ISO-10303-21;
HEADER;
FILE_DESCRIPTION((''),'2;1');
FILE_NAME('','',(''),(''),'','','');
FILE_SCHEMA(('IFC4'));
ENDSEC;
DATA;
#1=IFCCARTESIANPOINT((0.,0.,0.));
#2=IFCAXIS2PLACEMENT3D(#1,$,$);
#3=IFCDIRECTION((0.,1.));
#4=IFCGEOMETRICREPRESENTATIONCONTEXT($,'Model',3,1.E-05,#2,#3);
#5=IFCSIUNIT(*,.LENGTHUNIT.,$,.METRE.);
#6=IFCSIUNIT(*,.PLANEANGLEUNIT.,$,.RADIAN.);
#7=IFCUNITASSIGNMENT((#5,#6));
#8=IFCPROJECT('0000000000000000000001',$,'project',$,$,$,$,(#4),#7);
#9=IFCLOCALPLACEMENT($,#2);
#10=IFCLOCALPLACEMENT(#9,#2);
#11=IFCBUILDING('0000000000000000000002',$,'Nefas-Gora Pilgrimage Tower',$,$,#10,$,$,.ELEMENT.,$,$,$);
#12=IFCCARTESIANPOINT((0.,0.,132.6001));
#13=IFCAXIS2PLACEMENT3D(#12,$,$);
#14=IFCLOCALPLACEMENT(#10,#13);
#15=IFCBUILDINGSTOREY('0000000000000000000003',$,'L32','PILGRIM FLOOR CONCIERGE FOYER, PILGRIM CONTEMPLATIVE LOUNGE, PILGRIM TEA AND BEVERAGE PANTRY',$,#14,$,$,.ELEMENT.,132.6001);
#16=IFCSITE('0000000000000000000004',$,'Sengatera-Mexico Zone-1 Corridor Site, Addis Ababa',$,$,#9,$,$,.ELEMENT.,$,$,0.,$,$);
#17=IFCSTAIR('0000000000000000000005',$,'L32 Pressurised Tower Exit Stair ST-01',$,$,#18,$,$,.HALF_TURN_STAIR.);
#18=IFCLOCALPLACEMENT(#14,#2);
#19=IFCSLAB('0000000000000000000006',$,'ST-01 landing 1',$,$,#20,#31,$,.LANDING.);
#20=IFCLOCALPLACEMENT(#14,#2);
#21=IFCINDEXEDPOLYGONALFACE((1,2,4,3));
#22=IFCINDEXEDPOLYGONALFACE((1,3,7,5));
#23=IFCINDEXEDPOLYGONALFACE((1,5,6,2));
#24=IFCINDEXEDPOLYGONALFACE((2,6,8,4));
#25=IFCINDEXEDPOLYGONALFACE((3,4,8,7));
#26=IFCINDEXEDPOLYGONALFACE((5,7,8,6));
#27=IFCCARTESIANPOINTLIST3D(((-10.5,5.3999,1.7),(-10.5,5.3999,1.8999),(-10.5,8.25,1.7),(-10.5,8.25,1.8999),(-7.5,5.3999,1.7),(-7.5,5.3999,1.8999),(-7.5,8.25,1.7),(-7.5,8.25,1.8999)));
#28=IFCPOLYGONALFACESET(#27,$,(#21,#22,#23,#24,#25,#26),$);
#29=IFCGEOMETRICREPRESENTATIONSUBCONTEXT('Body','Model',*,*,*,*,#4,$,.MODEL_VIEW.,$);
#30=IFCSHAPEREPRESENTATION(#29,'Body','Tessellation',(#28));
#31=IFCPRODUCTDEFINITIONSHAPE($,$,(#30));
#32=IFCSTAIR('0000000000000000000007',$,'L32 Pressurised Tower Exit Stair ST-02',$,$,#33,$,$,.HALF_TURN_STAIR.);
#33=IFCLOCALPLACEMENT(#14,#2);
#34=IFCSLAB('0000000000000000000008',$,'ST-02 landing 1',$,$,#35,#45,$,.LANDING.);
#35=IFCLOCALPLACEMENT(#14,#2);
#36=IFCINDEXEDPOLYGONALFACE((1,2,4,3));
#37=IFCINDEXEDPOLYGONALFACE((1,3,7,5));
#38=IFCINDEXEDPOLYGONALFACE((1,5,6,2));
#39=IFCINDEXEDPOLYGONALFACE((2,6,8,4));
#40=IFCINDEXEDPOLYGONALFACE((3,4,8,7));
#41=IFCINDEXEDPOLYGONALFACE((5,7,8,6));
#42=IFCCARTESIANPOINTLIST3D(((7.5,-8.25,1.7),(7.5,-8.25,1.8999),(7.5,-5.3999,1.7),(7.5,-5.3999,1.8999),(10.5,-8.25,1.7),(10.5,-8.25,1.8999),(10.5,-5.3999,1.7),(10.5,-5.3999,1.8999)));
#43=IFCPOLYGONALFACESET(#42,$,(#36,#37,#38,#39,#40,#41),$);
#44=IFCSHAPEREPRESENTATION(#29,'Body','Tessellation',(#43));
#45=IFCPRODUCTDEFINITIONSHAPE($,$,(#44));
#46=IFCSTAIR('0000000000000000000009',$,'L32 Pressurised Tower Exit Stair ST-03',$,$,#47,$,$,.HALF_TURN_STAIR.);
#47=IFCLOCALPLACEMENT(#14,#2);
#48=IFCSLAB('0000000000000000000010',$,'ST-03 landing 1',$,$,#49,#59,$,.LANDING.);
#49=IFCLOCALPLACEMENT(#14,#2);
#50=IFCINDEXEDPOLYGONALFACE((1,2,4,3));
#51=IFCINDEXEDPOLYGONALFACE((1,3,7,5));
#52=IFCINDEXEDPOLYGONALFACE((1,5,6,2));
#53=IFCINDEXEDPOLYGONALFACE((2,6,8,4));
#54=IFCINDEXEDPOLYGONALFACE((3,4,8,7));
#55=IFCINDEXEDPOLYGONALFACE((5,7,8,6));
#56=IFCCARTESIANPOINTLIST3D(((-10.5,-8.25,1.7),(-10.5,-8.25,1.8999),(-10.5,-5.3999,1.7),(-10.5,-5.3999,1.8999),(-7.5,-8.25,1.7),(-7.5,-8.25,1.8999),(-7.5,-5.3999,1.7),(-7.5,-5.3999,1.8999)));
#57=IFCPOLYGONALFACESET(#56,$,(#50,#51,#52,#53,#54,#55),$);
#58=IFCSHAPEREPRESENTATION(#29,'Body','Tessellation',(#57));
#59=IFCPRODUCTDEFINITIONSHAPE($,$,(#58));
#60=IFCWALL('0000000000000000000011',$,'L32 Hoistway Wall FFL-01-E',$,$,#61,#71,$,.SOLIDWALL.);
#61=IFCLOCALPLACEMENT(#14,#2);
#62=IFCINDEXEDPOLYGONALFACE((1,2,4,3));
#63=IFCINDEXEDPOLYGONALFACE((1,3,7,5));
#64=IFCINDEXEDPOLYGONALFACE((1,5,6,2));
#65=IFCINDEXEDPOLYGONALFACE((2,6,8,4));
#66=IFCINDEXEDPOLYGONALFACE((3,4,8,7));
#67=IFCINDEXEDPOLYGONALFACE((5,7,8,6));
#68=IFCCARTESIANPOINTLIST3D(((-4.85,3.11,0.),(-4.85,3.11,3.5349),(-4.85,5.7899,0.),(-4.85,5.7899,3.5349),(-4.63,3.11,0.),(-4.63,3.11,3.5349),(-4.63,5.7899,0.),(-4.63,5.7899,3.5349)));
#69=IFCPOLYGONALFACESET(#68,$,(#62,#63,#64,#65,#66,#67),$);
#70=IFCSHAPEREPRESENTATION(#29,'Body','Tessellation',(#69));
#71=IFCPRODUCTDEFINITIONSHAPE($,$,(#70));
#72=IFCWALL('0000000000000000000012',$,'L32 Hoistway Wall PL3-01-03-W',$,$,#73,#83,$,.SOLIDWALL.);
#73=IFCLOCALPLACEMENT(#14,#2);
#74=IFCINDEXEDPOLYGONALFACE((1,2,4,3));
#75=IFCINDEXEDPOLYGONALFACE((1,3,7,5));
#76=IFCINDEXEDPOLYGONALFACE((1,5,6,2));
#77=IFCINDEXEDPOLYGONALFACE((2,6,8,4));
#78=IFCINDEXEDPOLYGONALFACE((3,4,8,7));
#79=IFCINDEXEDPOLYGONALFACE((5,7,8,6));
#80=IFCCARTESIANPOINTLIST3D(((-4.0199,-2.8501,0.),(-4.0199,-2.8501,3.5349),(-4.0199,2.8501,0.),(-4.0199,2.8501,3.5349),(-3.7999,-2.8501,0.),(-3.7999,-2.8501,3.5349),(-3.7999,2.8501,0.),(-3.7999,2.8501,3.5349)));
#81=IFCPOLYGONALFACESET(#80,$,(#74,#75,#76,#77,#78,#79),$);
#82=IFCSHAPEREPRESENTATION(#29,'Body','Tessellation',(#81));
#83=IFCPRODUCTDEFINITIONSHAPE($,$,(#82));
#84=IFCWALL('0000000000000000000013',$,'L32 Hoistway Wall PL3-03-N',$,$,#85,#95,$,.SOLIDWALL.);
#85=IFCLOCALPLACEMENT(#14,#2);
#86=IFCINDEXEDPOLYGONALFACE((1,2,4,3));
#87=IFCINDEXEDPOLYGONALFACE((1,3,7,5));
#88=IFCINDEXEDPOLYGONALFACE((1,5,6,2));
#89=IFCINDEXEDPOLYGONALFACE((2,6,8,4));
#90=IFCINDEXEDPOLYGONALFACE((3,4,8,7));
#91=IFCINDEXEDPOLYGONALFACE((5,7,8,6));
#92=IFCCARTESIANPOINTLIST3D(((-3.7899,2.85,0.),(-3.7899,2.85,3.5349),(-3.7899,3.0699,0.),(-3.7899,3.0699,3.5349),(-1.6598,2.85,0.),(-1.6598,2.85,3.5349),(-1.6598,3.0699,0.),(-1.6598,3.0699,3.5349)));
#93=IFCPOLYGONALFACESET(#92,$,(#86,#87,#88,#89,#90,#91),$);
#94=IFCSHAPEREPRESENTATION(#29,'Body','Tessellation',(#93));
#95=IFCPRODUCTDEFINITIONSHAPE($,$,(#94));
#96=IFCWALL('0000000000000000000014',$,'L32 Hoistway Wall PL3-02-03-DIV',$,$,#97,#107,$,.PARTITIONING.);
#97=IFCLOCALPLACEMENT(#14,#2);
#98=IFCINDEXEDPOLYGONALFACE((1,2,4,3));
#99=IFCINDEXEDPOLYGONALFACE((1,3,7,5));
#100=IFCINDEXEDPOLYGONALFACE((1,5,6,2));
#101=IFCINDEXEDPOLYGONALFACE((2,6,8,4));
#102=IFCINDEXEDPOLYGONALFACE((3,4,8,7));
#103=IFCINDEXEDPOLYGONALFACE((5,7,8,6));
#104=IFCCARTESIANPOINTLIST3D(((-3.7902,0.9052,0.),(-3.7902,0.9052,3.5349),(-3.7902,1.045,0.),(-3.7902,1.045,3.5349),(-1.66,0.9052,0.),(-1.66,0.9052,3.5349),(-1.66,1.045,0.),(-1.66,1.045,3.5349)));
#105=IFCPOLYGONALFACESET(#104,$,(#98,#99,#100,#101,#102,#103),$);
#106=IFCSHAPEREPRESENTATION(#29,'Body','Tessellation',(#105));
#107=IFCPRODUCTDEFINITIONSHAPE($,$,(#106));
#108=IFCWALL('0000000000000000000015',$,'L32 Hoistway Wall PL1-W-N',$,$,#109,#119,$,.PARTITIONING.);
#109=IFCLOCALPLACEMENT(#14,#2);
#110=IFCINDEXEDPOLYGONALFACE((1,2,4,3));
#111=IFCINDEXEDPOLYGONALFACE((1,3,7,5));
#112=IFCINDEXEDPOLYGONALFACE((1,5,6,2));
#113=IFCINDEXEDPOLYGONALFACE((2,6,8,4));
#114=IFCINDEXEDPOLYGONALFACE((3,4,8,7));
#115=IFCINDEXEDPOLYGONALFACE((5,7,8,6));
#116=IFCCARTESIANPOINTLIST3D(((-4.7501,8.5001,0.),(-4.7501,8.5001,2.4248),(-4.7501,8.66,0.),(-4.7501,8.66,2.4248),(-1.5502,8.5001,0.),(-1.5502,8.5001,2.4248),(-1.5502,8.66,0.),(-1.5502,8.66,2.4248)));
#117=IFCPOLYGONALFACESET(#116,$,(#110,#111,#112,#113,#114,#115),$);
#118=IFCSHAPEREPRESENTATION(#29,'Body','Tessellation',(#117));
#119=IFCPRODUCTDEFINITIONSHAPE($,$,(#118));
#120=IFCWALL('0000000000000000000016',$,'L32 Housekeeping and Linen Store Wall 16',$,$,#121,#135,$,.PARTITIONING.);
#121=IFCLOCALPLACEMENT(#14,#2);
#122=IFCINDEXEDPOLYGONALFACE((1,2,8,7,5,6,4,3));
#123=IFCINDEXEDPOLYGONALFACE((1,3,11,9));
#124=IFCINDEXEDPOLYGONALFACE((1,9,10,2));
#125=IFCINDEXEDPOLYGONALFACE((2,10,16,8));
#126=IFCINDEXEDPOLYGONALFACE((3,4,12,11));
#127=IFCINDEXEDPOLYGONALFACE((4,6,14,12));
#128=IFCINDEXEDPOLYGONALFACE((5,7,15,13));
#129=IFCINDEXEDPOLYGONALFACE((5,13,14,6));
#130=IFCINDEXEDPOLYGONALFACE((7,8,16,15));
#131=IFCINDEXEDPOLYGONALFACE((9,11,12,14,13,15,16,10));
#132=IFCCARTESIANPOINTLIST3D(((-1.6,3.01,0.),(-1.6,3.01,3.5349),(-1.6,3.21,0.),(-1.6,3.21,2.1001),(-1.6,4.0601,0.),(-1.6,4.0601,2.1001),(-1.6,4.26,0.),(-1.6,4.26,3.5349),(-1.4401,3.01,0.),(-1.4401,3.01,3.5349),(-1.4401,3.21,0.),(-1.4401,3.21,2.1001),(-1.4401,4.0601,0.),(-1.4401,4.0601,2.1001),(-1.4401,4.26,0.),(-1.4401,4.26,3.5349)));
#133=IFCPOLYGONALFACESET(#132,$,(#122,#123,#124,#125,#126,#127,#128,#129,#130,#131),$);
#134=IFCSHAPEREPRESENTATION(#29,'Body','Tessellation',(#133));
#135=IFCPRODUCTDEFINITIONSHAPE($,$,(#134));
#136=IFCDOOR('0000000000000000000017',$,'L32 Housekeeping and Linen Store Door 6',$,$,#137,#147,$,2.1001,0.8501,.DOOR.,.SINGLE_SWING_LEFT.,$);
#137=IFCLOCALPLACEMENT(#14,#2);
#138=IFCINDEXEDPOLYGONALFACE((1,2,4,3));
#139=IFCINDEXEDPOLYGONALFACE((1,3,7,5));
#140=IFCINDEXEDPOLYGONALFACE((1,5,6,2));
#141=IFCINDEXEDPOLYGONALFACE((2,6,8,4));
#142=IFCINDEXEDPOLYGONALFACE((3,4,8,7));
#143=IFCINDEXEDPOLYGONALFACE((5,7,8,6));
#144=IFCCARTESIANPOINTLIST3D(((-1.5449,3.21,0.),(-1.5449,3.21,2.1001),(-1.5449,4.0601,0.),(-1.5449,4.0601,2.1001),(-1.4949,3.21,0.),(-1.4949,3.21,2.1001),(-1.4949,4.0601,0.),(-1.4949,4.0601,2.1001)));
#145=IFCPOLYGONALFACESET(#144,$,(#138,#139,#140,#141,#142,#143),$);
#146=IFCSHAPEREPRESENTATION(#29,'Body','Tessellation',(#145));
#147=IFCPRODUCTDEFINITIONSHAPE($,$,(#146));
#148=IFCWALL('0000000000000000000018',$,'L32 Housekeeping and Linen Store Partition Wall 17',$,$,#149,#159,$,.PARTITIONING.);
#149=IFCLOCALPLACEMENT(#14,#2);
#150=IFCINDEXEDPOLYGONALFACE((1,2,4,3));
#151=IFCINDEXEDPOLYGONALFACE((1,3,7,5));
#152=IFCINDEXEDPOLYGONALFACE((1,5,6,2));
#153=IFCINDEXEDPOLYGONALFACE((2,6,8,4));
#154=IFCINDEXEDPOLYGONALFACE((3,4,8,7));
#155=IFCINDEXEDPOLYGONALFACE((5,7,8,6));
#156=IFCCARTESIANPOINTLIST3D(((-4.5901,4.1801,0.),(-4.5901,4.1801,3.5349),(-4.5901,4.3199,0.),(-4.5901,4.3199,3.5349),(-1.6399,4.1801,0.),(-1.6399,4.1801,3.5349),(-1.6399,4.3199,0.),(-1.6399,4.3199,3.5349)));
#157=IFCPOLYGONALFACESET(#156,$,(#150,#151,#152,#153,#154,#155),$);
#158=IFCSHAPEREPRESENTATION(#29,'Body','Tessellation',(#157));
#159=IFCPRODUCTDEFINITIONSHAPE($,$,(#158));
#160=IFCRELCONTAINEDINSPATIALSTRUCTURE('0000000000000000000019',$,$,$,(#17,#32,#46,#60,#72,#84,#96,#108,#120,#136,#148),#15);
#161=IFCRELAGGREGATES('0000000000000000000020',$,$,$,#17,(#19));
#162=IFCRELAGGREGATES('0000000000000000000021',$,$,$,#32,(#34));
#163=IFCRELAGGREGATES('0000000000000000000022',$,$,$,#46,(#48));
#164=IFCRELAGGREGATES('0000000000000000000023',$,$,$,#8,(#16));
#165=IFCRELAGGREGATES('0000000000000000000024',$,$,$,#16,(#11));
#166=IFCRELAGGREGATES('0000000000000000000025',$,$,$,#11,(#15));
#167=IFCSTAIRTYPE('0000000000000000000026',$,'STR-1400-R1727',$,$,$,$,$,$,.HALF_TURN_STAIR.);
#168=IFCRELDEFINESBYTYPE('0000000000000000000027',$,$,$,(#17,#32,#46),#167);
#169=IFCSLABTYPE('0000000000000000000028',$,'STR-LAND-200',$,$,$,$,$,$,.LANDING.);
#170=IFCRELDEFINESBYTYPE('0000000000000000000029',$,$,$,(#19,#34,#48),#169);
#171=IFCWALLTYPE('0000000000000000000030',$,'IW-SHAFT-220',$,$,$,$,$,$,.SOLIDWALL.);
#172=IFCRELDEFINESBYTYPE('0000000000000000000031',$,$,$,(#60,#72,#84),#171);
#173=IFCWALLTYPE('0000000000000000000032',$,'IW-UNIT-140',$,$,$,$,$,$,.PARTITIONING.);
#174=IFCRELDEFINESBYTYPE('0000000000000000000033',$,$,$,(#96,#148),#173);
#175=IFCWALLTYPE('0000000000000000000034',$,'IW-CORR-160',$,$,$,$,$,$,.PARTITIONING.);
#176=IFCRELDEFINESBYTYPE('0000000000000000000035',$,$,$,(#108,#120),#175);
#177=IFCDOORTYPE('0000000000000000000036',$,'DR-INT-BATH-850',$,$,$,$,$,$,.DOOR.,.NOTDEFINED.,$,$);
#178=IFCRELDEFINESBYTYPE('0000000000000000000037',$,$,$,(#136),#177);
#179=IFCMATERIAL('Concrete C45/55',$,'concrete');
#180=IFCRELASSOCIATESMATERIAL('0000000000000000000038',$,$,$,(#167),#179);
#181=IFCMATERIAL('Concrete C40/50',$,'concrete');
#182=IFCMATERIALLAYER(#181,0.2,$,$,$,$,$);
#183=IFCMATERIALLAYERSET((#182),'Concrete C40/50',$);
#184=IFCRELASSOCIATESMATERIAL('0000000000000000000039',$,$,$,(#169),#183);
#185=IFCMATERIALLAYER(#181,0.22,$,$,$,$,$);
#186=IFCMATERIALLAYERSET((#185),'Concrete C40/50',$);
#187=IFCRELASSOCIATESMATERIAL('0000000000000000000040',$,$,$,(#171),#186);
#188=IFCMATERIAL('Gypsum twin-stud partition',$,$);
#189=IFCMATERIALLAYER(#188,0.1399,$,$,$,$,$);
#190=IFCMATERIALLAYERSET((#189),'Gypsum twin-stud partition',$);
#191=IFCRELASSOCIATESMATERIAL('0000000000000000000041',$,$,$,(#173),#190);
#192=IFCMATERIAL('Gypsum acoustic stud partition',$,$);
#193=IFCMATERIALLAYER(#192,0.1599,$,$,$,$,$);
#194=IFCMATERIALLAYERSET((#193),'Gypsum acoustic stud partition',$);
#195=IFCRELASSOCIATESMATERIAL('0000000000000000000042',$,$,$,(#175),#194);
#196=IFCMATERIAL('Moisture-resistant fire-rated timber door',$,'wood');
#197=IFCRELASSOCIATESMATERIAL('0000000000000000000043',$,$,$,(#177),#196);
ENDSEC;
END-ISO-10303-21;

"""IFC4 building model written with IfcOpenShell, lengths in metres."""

from ifc_helpers import new_model, si_unit, direction, frame, frame_2d, origin, place, context, subcontext, project, spatial, polyline, rectangle, outline, extrude, source, transform, mapped, material, layer, layer_set, type_object, element, fill, aggregate, save


model = new_model("IFC4")

# Units and contexts
model_context = context("Model", 3, precision=1e-05, world=origin(), true_north=direction((0.0, 1.0)))
body_context = subcontext(model_context, "Body", "Model", "MODEL_VIEW")
ifc_project = project(units=[si_unit("LENGTHUNIT", "METRE"), si_unit("PLANEANGLEUNIT", "RADIAN")], contexts=[model_context])

# Site, building, storey
site_placement = place(None, origin())
site = spatial("IfcSite", under=ifc_project, at=site_placement, Name="Sengatera-Mexico Zone-1 Corridor Site, Addis Ababa", CompositionType="ELEMENT", RefElevation=0.0)
building_placement = place(site_placement, origin())
building = spatial("IfcBuilding", under=site, at=building_placement, Name="Nefas-Gora Pilgrimage Tower", CompositionType="ELEMENT")
storey_placement = place(building_placement, frame((0.0, 0.0, 132.6001)))
storey = spatial("IfcBuildingStorey", under=building, at=storey_placement, Name="L32", Description="PILGRIM FLOOR CONCIERGE FOYER, PILGRIM CONTEMPLATIVE LOUNGE, PILGRIM TEA AND BEVERAGE PANTRY", CompositionType="ELEMENT", Elevation=132.6001)

# Shared definitions
ifc_material_1 = material(Name="Concrete C40/50", Category="concrete")

# Stairs, slabs
ifc_material_2 = material(Name="Concrete C45/55", Category="concrete")
stair_type = type_object("IfcStairType", Name="STR-1400-R1727", PredefinedType="HALF_TURN_STAIR", material=ifc_material_2)
stair_1_placement = place(storey_placement, origin())
stair_1 = element("IfcStair", 1, at=stair_1_placement, inside=storey, type_object=stair_type, Name="L32 Pressurised Tower Exit Stair ST-01", PredefinedType="HALF_TURN_STAIR")
ifc_layer_1 = layer(ifc_material_1, 0.2)
ifc_layer_set_1 = layer_set([ifc_layer_1], Name="Concrete C40/50")
slab_type_1 = type_object("IfcSlabType", Name="STR-LAND-200", PredefinedType="LANDING", material=ifc_layer_set_1)
slab_1_placement = place(storey_placement, frame((0.0, 0.0, 1.7)))
slab_1 = element("IfcSlab", 2, at=slab_1_placement, type_object=slab_type_1, Name="ST-01 landing 1", PredefinedType="LANDING", context=body_context, shape_type="SweptSolid", body=[
    extrude(outline(polyline([(-7.5, 5.3999), (-7.5, 8.25), (-10.5, 8.25), (-10.5, 5.3999), (-7.5, 5.3999)])), origin(), (0.0, 0.0, 1.0), 0.2),
])
aggregate(stair_1, [slab_1])
stair_2_placement = place(storey_placement, origin())
stair_2 = element("IfcStair", 3, at=stair_2_placement, inside=storey, type_object=stair_type, Name="L32 Pressurised Tower Exit Stair ST-02", PredefinedType="HALF_TURN_STAIR")
slab_2_placement = place(storey_placement, frame((0.0, 0.0, 1.7)))
slab_2 = element("IfcSlab", 4, at=slab_2_placement, type_object=slab_type_1, Name="ST-02 landing 1", PredefinedType="LANDING", context=body_context, shape_type="SweptSolid", body=[
    extrude(outline(polyline([(7.5, -5.3999), (7.5, -8.25), (10.5, -8.25), (10.5, -5.3999), (7.5, -5.3999)])), origin(), (0.0, 0.0, 1.0), 0.2),
])
aggregate(stair_2, [slab_2])
stair_3_placement = place(storey_placement, origin())
stair_3 = element("IfcStair", 5, at=stair_3_placement, inside=storey, type_object=stair_type, Name="L32 Pressurised Tower Exit Stair ST-03", PredefinedType="HALF_TURN_STAIR")
slab_3_placement = place(storey_placement, frame((0.0, 0.0, 1.7)))
slab_3 = element("IfcSlab", 6, at=slab_3_placement, type_object=slab_type_1, Name="ST-03 landing 1", PredefinedType="LANDING", context=body_context, shape_type="SweptSolid", body=[
    extrude(outline(polyline([(-10.5, -5.3999), (-10.5, -8.25), (-7.5, -8.25), (-7.5, -5.3999), (-10.5, -5.3999)])), origin(), (0.0, 0.0, 1.0), 0.2),
])
aggregate(stair_3, [slab_3])

# Walls
ifc_layer_2 = layer(ifc_material_1, 0.22)
ifc_layer_set_2 = layer_set([ifc_layer_2], Name="Concrete C40/50")
wall_type_1 = type_object("IfcWallType", Name="IW-SHAFT-220", PredefinedType="SOLIDWALL", material=ifc_layer_set_2)
shared_shape_1 = source(origin(), body_context, "Body", "SweptSolid", [
    extrude(rectangle(XDim=2.6799, YDim=0.22, at=frame_2d((1.3398, 0.0))), origin(), (0.0, 0.0, 1.0), 3.5349),
])
wall_1_placement = place(storey_placement, frame((-4.74, 3.1101, 0.0), z_axis=(0.0, 0.0, 1.0), x_axis=(0.0, 1.0, 0.0)))
element("IfcWall", 7, at=wall_1_placement, inside=storey, type_object=wall_type_1, Name="L32 Hoistway Wall FFL-01-E", PredefinedType="SOLIDWALL", context=body_context, shape_type="MappedRepresentation", body=[
    mapped(shared_shape_1, transform((0.0, 0.0, 0.0), x_axis=(1.0, 0.0, 0.0), y_axis=(0.0, 1.0, 0.0), z_axis=(0.0, 0.0, 1.0), scale=1.0)),
])
ifc_material_3 = material(Name="Gypsum twin-stud partition")
ifc_layer_3 = layer(ifc_material_3, 0.1399)
ifc_layer_set_3 = layer_set([ifc_layer_3], Name="Gypsum twin-stud partition")
wall_type_2 = type_object("IfcWallType", Name="IW-UNIT-140", PredefinedType="PARTITIONING", material=ifc_layer_set_3)
shared_shape_2 = source(origin(), body_context, "Body", "SweptSolid", [
    extrude(rectangle(XDim=5.7002, YDim=0.22, at=frame_2d((2.8501, 0.0))), origin(), (0.0, 0.0, 1.0), 3.5349),
])
wall_2_placement = place(storey_placement, frame((-3.9099, 2.8501, 0.0), z_axis=(0.0, 0.0, 1.0), x_axis=(0.0, -1.0, 0.0)))
element("IfcWall", 8, at=wall_2_placement, inside=storey, type_object=wall_type_1, Name="L32 Hoistway Wall PL3-01-03-W", PredefinedType="SOLIDWALL", context=body_context, shape_type="MappedRepresentation", body=[
    mapped(shared_shape_2, transform((0.0, 0.0, 0.0), x_axis=(1.0, 0.0, 0.0), y_axis=(0.0, 1.0, 0.0), z_axis=(0.0, 0.0, 1.0), scale=1.0)),
])
shared_shape_3 = source(origin(), body_context, "Body", "SweptSolid", [
    extrude(rectangle(XDim=2.1301, YDim=0.22, at=frame_2d((1.0649, 0.0))), origin(), (0.0, 0.0, 1.0), 3.5349),
])
wall_3_placement = place(storey_placement, frame((-1.6599, 2.96, 0.0), z_axis=(0.0, 0.0, 1.0), x_axis=(-1.0, 0.0, 0.0)))
element("IfcWall", 9, at=wall_3_placement, inside=storey, type_object=wall_type_1, Name="L32 Hoistway Wall PL3-03-N", PredefinedType="SOLIDWALL", context=body_context, shape_type="MappedRepresentation", body=[
    mapped(shared_shape_3, transform((0.0, 0.0, 0.0), x_axis=(1.0, 0.0, 0.0), y_axis=(0.0, 1.0, 0.0), z_axis=(0.0, 0.0, 1.0), scale=1.0)),
])
shared_shape_4 = source(origin(), body_context, "Body", "SweptSolid", [
    extrude(rectangle(XDim=2.1301, YDim=0.1399, at=frame_2d((1.0649, 0.0))), origin(), (0.0, 0.0, 1.0), 3.5349),
])
wall_4_placement = place(storey_placement, frame((-3.79, 0.9751, 0.0), z_axis=(0.0, 0.0, 1.0), x_axis=(1.0, 0.0, 0.0)))
element("IfcWall", 10, at=wall_4_placement, inside=storey, type_object=wall_type_2, Name="L32 Hoistway Wall PL3-02-03-DIV", PredefinedType="PARTITIONING", context=body_context, shape_type="MappedRepresentation", body=[
    mapped(shared_shape_4, transform((0.0, 0.0, 0.0), x_axis=(1.0, 0.0, 0.0), y_axis=(0.0, 1.0, 0.0), z_axis=(0.0, 0.0, 1.0), scale=1.0)),
])
ifc_material_4 = material(Name="Gypsum acoustic stud partition")
ifc_layer_4 = layer(ifc_material_4, 0.1599)
ifc_layer_set_4 = layer_set([ifc_layer_4], Name="Gypsum acoustic stud partition")
wall_type_3 = type_object("IfcWallType", Name="IW-CORR-160", PredefinedType="PARTITIONING", material=ifc_layer_set_4)
shared_shape_5 = source(origin(), body_context, "Body", "SweptSolid", [
    extrude(rectangle(XDim=3.2, YDim=0.1599, at=frame_2d((1.6001, 0.0))), origin(), (0.0, 0.0, 1.0), 2.4248),
])
wall_5_placement = place(storey_placement, frame((-1.55, 8.5801, 0.0), z_axis=(0.0, 0.0, 1.0), x_axis=(-1.0, 0.0, 0.0)))
element("IfcWall", 11, at=wall_5_placement, inside=storey, type_object=wall_type_3, Name="L32 Hoistway Wall PL1-W-N", PredefinedType="PARTITIONING", context=body_context, shape_type="MappedRepresentation", body=[
    mapped(shared_shape_5, transform((0.0, 0.0, 0.0), x_axis=(1.0, 0.0, 0.0), y_axis=(0.0, 1.0, 0.0), z_axis=(0.0, 0.0, 1.0), scale=1.0)),
])

# Wall, opening, door
shared_shape_6 = source(origin(), body_context, "Body", "SweptSolid", [
    extrude(rectangle(XDim=1.25, YDim=0.1599, at=frame_2d((0.625, 0.0))), origin(), (0.0, 0.0, 1.0), 3.5349),
])
wall_6_placement = place(storey_placement, frame((-1.52, 3.01, 0.0), z_axis=(0.0, 0.0, 1.0), x_axis=(0.0, 1.0, 0.0)))
wall_6 = element("IfcWall", 12, at=wall_6_placement, inside=storey, type_object=wall_type_3, Name="L32 Housekeeping and Linen Store Wall 16", PredefinedType="PARTITIONING", context=body_context, shape_type="MappedRepresentation", body=[
    mapped(shared_shape_6, transform((0.0, 0.0, 0.0), x_axis=(1.0, 0.0, 0.0), y_axis=(0.0, 1.0, 0.0), z_axis=(0.0, 0.0, 1.0), scale=1.0)),
])
opening_1_placement = place(wall_6_placement, frame((0.2, 0.0, 0.0)))
opening_1 = element("IfcOpeningElement", 13, at=opening_1_placement, cuts=wall_6, PredefinedType="OPENING", context=body_context, shape_type="SweptSolid", body=[
    extrude(rectangle(XDim=0.8501, YDim=2.1001, at=frame_2d((0.425, 1.05))), frame((0.0, 0.0898, 0.0), z_axis=(0.0, -1.0, 0.0), x_axis=(1.0, 0.0, 0.0)), (0.0, 0.0, 1.0), 0.1799),
])
ifc_material_5 = material(Name="Moisture-resistant fire-rated timber door", Category="wood")
door_type_1 = type_object("IfcDoorType", Name="DR-INT-BATH-850", OperationType="NOTDEFINED", PredefinedType="DOOR", material=ifc_material_5)
shared_shape_7 = source(origin(), body_context, "Body", "SweptSolid", [
    extrude(rectangle(XDim=0.8501, YDim=2.1001, at=frame_2d((0.425, 1.05))), frame((0.0, 0.0249, 0.0), z_axis=(0.0, -1.0, 0.0), x_axis=(1.0, 0.0, 0.0)), (0.0, 0.0, 1.0), 0.05),
])
door_1_placement = place(opening_1_placement, origin())
door_1 = element("IfcDoor", 14, at=door_1_placement, inside=storey, type_object=door_type_1, Name="L32 Housekeeping and Linen Store Door 6", OperationType="SINGLE_SWING_LEFT", OverallHeight=2.1001, OverallWidth=0.8501, PredefinedType="DOOR", context=body_context, shape_type="MappedRepresentation", body=[
    mapped(shared_shape_7, transform((0.0, 0.0, 0.0), x_axis=(1.0, 0.0, 0.0), y_axis=(0.0, 1.0, 0.0), z_axis=(0.0, 0.0, 1.0), scale=1.0)),
])
fill(opening_1, door_1)

# Wall
shared_shape_8 = source(origin(), body_context, "Body", "SweptSolid", [
    extrude(rectangle(XDim=2.9502, YDim=0.1399, at=frame_2d((1.4751, 0.0))), origin(), (0.0, 0.0, 1.0), 3.5349),
])
wall_7_placement = place(storey_placement, frame((-4.5901, 4.25, 0.0), z_axis=(0.0, 0.0, 1.0), x_axis=(1.0, 0.0, 0.0)))
element("IfcWall", 15, at=wall_7_placement, inside=storey, type_object=wall_type_2, Name="L32 Housekeeping and Linen Store Partition Wall 17", PredefinedType="PARTITIONING", context=body_context, shape_type="MappedRepresentation", body=[
    mapped(shared_shape_8, transform((0.0, 0.0, 0.0), x_axis=(1.0, 0.0, 0.0), y_axis=(0.0, 1.0, 0.0), z_axis=(0.0, 0.0, 1.0), scale=1.0)),
])

save(model, "model.ifc")
